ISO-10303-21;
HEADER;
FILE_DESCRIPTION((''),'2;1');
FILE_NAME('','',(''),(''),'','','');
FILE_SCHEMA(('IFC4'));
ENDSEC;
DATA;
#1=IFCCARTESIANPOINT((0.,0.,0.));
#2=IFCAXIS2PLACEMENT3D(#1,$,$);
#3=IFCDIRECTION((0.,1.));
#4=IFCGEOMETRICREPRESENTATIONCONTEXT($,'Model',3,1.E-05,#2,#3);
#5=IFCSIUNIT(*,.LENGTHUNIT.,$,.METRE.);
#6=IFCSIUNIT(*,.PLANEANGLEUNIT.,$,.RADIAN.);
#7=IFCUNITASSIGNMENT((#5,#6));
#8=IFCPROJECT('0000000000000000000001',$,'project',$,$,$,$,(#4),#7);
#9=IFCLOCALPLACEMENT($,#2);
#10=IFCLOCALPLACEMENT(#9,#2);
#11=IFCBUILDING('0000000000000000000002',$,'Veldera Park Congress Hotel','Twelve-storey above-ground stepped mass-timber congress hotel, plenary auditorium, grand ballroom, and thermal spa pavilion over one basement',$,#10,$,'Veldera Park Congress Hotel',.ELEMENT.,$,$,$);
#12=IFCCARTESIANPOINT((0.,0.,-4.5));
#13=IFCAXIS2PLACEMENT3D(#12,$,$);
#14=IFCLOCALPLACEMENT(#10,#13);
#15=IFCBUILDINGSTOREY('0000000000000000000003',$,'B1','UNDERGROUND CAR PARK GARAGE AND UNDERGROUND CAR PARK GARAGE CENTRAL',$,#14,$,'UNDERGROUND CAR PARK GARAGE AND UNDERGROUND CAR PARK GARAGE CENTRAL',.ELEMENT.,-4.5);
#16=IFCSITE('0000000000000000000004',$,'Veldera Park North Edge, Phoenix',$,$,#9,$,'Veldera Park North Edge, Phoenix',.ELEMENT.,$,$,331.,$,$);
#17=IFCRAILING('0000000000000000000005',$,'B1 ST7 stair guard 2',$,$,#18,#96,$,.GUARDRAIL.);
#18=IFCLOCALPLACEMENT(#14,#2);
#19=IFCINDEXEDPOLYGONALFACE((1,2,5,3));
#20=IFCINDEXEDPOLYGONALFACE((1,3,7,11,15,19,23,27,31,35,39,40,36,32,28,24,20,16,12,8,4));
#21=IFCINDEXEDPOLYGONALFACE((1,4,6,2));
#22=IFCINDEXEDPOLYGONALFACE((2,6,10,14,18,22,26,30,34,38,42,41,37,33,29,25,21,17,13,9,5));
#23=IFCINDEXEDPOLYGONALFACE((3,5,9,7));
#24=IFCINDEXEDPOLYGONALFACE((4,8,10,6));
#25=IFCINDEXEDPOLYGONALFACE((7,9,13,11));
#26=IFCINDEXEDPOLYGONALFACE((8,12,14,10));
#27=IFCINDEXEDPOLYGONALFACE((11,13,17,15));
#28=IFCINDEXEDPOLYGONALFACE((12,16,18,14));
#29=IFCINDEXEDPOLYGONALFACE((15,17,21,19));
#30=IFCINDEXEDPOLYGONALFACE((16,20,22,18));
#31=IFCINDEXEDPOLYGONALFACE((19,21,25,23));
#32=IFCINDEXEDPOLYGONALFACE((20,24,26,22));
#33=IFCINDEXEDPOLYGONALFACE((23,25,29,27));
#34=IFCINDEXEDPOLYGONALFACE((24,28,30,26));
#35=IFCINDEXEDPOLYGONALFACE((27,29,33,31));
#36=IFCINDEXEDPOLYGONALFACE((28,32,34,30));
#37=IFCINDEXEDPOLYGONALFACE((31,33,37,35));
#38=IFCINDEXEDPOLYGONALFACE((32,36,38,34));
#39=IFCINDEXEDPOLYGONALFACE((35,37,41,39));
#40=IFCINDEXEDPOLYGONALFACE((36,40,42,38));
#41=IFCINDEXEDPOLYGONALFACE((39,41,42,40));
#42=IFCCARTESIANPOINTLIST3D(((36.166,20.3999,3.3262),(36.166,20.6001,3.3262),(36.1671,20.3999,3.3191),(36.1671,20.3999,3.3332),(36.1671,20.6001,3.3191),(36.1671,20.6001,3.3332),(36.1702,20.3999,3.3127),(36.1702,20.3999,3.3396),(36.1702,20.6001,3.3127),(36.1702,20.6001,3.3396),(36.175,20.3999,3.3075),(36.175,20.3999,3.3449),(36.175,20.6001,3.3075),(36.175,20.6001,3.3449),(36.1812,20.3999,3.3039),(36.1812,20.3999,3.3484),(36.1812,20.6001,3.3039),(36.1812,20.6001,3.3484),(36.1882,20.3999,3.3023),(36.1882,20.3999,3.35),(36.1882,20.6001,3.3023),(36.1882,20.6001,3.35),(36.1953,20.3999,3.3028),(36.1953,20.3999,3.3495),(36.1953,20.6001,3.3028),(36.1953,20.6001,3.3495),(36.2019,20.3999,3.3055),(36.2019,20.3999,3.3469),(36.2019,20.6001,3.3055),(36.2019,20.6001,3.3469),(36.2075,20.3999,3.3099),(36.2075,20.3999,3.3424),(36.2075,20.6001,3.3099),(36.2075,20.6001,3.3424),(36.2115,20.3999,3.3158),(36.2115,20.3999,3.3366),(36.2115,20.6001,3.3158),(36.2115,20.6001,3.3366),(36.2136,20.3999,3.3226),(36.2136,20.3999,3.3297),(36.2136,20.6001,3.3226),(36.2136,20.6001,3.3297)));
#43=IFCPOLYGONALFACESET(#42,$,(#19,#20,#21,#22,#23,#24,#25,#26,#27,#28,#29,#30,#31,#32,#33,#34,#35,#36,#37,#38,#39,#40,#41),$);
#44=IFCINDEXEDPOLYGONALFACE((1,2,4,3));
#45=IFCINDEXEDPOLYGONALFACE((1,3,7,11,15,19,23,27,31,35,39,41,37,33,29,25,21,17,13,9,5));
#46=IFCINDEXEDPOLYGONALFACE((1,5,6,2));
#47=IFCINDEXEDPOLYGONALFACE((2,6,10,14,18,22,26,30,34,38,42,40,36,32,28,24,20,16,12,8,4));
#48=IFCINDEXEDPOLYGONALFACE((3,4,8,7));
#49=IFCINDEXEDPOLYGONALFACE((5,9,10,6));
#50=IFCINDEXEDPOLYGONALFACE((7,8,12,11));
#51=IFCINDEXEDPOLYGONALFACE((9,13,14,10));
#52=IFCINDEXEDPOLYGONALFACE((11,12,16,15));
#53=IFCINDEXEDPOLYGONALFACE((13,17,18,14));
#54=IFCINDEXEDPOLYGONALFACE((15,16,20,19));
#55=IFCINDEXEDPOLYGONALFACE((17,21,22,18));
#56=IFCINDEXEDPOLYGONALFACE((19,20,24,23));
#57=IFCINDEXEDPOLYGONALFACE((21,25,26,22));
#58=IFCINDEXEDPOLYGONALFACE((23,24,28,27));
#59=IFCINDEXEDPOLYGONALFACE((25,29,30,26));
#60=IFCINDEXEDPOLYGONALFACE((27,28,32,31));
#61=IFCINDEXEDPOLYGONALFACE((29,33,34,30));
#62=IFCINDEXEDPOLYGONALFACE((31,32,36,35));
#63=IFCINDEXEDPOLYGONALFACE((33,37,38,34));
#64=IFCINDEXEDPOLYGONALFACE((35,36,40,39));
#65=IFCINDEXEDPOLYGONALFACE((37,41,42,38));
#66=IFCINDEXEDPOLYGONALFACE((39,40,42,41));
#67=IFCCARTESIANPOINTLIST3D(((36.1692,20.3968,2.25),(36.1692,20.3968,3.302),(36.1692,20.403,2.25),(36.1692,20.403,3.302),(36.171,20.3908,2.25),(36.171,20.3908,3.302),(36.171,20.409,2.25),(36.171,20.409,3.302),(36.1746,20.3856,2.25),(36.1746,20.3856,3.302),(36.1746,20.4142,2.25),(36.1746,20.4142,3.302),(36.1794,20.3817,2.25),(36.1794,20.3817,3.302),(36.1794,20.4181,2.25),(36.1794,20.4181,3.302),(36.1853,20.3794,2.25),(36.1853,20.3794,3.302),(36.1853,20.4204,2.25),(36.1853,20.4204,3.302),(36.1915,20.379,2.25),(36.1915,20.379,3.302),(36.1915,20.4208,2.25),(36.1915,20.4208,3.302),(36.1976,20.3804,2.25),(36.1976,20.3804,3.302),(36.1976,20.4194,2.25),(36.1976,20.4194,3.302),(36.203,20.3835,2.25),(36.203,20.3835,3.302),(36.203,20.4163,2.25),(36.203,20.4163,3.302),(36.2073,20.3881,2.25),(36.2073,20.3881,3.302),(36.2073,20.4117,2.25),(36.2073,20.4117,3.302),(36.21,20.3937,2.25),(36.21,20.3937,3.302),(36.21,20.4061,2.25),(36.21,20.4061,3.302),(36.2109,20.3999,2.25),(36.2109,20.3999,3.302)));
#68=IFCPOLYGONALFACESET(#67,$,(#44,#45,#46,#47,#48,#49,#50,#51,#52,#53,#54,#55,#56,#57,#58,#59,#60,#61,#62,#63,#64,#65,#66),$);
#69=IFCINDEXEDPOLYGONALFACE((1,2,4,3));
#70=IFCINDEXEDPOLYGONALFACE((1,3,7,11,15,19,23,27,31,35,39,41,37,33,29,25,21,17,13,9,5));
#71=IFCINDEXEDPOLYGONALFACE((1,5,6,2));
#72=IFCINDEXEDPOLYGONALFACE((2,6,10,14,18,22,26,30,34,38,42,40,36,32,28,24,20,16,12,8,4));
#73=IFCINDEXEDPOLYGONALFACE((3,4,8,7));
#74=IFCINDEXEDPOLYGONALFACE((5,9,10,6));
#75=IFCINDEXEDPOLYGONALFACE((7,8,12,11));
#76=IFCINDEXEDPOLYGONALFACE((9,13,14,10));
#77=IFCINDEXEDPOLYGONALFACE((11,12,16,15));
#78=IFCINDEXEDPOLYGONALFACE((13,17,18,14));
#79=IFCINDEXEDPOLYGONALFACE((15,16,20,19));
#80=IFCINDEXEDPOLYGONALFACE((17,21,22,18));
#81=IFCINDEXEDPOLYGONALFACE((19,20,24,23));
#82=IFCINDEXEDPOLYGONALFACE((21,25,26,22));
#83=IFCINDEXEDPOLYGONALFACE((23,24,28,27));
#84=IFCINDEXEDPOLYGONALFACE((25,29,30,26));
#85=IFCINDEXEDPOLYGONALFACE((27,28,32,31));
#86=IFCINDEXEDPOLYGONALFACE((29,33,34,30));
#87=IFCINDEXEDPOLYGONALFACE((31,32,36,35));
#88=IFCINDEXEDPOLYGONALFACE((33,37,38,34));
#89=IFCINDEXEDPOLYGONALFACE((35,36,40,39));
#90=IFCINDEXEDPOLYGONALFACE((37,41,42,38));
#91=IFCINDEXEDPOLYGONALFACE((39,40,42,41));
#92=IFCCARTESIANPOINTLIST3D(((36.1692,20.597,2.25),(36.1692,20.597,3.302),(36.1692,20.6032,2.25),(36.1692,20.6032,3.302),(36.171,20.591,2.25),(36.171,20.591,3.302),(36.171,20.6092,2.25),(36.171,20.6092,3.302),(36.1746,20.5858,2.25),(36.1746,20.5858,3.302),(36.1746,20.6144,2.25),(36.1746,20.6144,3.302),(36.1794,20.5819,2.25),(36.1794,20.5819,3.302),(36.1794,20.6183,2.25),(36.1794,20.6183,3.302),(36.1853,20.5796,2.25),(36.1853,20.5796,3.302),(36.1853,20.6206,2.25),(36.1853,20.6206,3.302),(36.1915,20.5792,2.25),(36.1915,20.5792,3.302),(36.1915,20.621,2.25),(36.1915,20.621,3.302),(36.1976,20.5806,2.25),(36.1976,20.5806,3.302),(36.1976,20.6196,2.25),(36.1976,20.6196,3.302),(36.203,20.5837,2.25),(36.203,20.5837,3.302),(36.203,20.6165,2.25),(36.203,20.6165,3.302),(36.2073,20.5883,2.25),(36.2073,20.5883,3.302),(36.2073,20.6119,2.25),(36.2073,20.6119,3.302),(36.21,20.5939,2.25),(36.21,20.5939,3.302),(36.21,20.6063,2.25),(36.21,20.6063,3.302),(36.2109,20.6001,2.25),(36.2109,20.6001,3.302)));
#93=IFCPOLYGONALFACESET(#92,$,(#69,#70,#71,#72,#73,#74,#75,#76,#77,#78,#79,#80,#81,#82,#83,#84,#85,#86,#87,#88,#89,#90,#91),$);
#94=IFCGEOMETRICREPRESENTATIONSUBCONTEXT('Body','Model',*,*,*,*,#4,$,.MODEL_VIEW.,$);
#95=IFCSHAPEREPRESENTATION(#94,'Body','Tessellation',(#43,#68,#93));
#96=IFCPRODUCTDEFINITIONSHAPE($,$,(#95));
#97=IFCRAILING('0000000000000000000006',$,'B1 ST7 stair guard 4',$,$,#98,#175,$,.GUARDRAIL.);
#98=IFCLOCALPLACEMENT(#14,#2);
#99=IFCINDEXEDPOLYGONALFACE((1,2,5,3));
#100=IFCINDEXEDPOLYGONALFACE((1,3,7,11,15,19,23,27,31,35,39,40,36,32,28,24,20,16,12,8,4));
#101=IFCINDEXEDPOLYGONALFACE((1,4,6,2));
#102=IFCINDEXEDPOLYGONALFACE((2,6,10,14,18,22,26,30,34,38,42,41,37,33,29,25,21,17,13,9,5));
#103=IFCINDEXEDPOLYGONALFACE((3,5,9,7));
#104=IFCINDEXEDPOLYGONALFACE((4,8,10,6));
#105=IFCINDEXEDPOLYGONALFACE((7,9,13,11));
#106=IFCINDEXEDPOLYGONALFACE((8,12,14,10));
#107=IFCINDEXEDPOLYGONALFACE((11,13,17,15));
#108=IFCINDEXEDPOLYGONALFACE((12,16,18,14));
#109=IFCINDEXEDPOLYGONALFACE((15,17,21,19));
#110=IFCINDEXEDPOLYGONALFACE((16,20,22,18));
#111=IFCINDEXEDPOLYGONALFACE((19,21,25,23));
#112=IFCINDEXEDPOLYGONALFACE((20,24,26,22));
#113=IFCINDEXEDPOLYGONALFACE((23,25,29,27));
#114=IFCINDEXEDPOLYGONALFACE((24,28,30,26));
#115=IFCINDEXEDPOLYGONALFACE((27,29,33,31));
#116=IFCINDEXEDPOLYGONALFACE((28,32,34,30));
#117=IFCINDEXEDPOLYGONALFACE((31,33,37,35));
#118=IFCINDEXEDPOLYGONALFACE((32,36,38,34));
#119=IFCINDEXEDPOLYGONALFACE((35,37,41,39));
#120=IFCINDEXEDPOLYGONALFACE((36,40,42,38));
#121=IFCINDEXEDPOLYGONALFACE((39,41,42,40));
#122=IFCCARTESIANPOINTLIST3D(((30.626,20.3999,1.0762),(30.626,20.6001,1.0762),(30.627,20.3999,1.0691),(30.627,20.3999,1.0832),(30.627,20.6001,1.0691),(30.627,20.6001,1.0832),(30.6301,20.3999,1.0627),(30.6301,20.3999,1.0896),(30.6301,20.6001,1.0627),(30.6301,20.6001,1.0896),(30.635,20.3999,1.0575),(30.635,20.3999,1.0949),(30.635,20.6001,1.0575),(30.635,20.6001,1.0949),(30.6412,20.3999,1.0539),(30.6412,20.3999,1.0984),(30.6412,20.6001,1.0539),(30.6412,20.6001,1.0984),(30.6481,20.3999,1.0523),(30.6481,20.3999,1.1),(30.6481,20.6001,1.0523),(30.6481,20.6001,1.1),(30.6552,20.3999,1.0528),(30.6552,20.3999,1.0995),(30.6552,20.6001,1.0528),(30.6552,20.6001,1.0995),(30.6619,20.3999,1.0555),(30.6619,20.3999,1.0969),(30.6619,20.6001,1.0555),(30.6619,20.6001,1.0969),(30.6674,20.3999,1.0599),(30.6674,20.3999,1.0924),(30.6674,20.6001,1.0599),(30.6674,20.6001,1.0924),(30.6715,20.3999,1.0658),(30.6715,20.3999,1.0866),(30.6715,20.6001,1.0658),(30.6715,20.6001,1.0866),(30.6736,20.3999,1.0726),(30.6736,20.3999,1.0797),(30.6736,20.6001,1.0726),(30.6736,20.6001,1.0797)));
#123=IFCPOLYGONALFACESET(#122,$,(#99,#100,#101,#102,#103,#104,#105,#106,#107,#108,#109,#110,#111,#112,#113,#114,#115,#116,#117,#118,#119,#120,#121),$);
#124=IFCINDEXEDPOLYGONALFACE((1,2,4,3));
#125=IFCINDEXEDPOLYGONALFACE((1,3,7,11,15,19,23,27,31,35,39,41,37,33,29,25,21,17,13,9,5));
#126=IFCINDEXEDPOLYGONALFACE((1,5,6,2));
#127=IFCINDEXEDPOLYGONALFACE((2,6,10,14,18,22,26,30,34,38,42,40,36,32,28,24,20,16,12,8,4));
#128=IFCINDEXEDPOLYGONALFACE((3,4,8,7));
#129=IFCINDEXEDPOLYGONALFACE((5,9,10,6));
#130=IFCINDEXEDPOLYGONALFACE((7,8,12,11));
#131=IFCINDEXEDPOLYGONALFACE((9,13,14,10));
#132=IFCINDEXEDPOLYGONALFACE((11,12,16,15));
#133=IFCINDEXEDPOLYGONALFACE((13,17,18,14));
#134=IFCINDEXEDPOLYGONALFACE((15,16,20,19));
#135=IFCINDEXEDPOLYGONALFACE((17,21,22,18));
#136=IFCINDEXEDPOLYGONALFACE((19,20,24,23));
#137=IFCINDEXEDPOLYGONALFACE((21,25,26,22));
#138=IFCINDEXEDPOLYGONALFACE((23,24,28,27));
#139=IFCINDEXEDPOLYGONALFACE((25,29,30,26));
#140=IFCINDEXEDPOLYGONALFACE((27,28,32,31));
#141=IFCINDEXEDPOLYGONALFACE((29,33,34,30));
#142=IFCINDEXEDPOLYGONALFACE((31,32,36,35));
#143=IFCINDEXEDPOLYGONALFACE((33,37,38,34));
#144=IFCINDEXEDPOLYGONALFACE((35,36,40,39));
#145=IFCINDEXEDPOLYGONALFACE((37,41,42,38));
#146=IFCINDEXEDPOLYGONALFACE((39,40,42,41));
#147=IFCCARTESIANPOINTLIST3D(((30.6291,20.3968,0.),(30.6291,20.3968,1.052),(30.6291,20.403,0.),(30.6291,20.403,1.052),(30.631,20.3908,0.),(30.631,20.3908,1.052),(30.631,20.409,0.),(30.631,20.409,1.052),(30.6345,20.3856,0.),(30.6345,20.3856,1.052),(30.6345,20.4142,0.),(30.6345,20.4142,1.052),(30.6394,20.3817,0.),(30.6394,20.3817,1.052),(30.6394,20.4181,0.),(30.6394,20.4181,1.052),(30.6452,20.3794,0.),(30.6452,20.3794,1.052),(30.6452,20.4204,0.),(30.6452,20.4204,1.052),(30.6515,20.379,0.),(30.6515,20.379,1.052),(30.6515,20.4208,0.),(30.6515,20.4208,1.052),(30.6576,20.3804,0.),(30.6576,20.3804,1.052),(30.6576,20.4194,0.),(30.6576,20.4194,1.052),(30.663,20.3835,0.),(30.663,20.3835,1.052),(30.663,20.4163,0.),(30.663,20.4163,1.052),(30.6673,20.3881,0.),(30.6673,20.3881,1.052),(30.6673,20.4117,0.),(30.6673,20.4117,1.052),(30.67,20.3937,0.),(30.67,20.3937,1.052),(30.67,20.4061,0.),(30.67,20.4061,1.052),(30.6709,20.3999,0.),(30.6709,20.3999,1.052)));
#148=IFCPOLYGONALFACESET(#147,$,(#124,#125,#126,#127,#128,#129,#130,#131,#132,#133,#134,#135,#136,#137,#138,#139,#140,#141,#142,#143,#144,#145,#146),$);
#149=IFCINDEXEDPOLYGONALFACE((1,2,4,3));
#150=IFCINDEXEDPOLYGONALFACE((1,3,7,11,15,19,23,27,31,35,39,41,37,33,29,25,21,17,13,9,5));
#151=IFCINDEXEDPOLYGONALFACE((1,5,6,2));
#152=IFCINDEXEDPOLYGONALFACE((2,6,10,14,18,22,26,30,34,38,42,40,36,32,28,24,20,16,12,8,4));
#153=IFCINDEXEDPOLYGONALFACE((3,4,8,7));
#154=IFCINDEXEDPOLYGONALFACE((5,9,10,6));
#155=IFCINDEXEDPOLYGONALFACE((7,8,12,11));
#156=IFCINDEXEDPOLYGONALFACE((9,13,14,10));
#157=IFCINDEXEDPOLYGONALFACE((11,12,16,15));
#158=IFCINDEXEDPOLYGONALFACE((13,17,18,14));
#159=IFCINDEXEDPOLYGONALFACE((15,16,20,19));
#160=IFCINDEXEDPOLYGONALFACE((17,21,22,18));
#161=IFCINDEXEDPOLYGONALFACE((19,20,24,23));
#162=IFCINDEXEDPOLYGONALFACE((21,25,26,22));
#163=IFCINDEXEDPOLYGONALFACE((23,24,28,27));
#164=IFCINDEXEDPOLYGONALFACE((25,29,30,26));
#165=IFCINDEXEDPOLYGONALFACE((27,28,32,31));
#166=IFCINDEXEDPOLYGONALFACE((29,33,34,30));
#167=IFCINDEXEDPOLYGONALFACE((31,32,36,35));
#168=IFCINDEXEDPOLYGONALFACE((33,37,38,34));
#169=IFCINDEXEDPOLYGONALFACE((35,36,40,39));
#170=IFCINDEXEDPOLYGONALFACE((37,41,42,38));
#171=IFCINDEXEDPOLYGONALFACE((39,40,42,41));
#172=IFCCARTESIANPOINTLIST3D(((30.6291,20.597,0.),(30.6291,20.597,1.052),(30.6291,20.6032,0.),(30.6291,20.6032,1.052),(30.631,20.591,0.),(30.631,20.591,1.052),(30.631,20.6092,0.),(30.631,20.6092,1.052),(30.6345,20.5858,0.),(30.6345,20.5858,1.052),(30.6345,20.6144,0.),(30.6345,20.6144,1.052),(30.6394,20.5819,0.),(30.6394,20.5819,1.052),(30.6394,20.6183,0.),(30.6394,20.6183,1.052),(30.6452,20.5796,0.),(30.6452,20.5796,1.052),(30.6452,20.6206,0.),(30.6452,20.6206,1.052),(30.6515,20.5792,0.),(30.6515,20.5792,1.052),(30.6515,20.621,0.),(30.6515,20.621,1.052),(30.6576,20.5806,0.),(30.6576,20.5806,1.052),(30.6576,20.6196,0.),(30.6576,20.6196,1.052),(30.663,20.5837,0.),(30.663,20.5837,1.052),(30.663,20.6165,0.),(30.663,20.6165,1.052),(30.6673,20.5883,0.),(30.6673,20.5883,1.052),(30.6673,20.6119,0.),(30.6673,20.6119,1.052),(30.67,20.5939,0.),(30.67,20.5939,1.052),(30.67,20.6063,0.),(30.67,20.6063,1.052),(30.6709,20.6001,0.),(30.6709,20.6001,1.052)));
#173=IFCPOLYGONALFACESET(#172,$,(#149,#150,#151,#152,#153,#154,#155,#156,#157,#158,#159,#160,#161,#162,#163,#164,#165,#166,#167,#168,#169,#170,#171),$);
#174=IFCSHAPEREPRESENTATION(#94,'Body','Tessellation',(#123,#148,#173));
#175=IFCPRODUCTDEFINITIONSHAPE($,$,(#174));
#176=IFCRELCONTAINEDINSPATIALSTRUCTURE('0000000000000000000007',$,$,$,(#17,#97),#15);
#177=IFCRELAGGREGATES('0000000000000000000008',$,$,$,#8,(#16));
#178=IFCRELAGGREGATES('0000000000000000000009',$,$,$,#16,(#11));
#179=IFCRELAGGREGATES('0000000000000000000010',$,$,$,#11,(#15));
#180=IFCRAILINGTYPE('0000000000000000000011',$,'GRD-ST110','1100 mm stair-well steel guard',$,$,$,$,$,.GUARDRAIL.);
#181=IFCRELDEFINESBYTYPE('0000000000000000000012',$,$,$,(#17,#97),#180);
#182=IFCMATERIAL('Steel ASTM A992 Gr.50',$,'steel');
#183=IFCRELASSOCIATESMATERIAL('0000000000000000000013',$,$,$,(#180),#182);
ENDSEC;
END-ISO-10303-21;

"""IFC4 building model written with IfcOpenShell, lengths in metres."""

from ifc_helpers import new_model, si_unit, direction, frame, origin, origin_2d, place, context, subcontext, project, spatial, circle, extrude, material, type_object, element, save


model = new_model("IFC4")

# Units and contexts
model_context = context("Model", 3, precision=1e-05, world=origin(), true_north=direction((0.0, 1.0)))
body_context = subcontext(model_context, "Body", "Model", "MODEL_VIEW")
ifc_project = project(units=[si_unit("LENGTHUNIT", "METRE"), si_unit("PLANEANGLEUNIT", "RADIAN")], contexts=[model_context])

# Site, building, storey
site_placement = place(None, origin())
site = spatial("IfcSite", under=ifc_project, at=site_placement, Name="Veldera Park North Edge, Phoenix", LongName="Veldera Park North Edge, Phoenix", CompositionType="ELEMENT", RefElevation=331.0)
building_placement = place(site_placement, origin())
building = spatial("IfcBuilding", under=site, at=building_placement, Name="Veldera Park Congress Hotel", Description="Twelve-storey above-ground stepped mass-timber congress hotel, plenary auditorium, grand ballroom, and thermal spa pavilion over one basement", LongName="Veldera Park Congress Hotel", CompositionType="ELEMENT")
storey_placement = place(building_placement, frame((0.0, 0.0, -4.5)))
storey = spatial("IfcBuildingStorey", under=building, at=storey_placement, Name="B1", Description="UNDERGROUND CAR PARK GARAGE AND UNDERGROUND CAR PARK GARAGE CENTRAL", LongName="UNDERGROUND CAR PARK GARAGE AND UNDERGROUND CAR PARK GARAGE CENTRAL", CompositionType="ELEMENT", Elevation=-4.5)

# Railings
ifc_material_1 = material(Name="Steel ASTM A992 Gr.50", Category="steel")
railing_type_1 = type_object("IfcRailingType", Name="GRD-ST110", Description="1100 mm stair-well steel guard", PredefinedType="GUARDRAIL", material=ifc_material_1)
for number, where, name in (
    (1, (36.1899, 20.3999, 2.25), "B1 ST7 stair guard 2"),
    (2, (30.6499, 20.3999, 0.0), "B1 ST7 stair guard 4"),
):
    element("IfcRailing", number, at=place(storey_placement, frame(where)), inside=storey, type_object=railing_type_1, Name=name, PredefinedType="GUARDRAIL", context=body_context, shape_type="SweptSolid", body=[
        extrude(circle(Radius=0.0239, at=origin_2d()), frame((0.0, 0.0, 1.0762), z_axis=(0.0, 1.0, 0.0), x_axis=(-1.0, 0.0, 0.0)), (0.0, 0.0, 1.0), 0.2002),
        extrude(circle(Radius=0.021, at=origin_2d()), origin(), (0.0, 0.0, 1.0), 1.052),
        extrude(circle(Radius=0.021, at=origin_2d()), frame((0.0, 0.2002, 0.0)), (0.0, 0.0, 1.0), 1.052),
    ])

save(model, "model.ifc")
